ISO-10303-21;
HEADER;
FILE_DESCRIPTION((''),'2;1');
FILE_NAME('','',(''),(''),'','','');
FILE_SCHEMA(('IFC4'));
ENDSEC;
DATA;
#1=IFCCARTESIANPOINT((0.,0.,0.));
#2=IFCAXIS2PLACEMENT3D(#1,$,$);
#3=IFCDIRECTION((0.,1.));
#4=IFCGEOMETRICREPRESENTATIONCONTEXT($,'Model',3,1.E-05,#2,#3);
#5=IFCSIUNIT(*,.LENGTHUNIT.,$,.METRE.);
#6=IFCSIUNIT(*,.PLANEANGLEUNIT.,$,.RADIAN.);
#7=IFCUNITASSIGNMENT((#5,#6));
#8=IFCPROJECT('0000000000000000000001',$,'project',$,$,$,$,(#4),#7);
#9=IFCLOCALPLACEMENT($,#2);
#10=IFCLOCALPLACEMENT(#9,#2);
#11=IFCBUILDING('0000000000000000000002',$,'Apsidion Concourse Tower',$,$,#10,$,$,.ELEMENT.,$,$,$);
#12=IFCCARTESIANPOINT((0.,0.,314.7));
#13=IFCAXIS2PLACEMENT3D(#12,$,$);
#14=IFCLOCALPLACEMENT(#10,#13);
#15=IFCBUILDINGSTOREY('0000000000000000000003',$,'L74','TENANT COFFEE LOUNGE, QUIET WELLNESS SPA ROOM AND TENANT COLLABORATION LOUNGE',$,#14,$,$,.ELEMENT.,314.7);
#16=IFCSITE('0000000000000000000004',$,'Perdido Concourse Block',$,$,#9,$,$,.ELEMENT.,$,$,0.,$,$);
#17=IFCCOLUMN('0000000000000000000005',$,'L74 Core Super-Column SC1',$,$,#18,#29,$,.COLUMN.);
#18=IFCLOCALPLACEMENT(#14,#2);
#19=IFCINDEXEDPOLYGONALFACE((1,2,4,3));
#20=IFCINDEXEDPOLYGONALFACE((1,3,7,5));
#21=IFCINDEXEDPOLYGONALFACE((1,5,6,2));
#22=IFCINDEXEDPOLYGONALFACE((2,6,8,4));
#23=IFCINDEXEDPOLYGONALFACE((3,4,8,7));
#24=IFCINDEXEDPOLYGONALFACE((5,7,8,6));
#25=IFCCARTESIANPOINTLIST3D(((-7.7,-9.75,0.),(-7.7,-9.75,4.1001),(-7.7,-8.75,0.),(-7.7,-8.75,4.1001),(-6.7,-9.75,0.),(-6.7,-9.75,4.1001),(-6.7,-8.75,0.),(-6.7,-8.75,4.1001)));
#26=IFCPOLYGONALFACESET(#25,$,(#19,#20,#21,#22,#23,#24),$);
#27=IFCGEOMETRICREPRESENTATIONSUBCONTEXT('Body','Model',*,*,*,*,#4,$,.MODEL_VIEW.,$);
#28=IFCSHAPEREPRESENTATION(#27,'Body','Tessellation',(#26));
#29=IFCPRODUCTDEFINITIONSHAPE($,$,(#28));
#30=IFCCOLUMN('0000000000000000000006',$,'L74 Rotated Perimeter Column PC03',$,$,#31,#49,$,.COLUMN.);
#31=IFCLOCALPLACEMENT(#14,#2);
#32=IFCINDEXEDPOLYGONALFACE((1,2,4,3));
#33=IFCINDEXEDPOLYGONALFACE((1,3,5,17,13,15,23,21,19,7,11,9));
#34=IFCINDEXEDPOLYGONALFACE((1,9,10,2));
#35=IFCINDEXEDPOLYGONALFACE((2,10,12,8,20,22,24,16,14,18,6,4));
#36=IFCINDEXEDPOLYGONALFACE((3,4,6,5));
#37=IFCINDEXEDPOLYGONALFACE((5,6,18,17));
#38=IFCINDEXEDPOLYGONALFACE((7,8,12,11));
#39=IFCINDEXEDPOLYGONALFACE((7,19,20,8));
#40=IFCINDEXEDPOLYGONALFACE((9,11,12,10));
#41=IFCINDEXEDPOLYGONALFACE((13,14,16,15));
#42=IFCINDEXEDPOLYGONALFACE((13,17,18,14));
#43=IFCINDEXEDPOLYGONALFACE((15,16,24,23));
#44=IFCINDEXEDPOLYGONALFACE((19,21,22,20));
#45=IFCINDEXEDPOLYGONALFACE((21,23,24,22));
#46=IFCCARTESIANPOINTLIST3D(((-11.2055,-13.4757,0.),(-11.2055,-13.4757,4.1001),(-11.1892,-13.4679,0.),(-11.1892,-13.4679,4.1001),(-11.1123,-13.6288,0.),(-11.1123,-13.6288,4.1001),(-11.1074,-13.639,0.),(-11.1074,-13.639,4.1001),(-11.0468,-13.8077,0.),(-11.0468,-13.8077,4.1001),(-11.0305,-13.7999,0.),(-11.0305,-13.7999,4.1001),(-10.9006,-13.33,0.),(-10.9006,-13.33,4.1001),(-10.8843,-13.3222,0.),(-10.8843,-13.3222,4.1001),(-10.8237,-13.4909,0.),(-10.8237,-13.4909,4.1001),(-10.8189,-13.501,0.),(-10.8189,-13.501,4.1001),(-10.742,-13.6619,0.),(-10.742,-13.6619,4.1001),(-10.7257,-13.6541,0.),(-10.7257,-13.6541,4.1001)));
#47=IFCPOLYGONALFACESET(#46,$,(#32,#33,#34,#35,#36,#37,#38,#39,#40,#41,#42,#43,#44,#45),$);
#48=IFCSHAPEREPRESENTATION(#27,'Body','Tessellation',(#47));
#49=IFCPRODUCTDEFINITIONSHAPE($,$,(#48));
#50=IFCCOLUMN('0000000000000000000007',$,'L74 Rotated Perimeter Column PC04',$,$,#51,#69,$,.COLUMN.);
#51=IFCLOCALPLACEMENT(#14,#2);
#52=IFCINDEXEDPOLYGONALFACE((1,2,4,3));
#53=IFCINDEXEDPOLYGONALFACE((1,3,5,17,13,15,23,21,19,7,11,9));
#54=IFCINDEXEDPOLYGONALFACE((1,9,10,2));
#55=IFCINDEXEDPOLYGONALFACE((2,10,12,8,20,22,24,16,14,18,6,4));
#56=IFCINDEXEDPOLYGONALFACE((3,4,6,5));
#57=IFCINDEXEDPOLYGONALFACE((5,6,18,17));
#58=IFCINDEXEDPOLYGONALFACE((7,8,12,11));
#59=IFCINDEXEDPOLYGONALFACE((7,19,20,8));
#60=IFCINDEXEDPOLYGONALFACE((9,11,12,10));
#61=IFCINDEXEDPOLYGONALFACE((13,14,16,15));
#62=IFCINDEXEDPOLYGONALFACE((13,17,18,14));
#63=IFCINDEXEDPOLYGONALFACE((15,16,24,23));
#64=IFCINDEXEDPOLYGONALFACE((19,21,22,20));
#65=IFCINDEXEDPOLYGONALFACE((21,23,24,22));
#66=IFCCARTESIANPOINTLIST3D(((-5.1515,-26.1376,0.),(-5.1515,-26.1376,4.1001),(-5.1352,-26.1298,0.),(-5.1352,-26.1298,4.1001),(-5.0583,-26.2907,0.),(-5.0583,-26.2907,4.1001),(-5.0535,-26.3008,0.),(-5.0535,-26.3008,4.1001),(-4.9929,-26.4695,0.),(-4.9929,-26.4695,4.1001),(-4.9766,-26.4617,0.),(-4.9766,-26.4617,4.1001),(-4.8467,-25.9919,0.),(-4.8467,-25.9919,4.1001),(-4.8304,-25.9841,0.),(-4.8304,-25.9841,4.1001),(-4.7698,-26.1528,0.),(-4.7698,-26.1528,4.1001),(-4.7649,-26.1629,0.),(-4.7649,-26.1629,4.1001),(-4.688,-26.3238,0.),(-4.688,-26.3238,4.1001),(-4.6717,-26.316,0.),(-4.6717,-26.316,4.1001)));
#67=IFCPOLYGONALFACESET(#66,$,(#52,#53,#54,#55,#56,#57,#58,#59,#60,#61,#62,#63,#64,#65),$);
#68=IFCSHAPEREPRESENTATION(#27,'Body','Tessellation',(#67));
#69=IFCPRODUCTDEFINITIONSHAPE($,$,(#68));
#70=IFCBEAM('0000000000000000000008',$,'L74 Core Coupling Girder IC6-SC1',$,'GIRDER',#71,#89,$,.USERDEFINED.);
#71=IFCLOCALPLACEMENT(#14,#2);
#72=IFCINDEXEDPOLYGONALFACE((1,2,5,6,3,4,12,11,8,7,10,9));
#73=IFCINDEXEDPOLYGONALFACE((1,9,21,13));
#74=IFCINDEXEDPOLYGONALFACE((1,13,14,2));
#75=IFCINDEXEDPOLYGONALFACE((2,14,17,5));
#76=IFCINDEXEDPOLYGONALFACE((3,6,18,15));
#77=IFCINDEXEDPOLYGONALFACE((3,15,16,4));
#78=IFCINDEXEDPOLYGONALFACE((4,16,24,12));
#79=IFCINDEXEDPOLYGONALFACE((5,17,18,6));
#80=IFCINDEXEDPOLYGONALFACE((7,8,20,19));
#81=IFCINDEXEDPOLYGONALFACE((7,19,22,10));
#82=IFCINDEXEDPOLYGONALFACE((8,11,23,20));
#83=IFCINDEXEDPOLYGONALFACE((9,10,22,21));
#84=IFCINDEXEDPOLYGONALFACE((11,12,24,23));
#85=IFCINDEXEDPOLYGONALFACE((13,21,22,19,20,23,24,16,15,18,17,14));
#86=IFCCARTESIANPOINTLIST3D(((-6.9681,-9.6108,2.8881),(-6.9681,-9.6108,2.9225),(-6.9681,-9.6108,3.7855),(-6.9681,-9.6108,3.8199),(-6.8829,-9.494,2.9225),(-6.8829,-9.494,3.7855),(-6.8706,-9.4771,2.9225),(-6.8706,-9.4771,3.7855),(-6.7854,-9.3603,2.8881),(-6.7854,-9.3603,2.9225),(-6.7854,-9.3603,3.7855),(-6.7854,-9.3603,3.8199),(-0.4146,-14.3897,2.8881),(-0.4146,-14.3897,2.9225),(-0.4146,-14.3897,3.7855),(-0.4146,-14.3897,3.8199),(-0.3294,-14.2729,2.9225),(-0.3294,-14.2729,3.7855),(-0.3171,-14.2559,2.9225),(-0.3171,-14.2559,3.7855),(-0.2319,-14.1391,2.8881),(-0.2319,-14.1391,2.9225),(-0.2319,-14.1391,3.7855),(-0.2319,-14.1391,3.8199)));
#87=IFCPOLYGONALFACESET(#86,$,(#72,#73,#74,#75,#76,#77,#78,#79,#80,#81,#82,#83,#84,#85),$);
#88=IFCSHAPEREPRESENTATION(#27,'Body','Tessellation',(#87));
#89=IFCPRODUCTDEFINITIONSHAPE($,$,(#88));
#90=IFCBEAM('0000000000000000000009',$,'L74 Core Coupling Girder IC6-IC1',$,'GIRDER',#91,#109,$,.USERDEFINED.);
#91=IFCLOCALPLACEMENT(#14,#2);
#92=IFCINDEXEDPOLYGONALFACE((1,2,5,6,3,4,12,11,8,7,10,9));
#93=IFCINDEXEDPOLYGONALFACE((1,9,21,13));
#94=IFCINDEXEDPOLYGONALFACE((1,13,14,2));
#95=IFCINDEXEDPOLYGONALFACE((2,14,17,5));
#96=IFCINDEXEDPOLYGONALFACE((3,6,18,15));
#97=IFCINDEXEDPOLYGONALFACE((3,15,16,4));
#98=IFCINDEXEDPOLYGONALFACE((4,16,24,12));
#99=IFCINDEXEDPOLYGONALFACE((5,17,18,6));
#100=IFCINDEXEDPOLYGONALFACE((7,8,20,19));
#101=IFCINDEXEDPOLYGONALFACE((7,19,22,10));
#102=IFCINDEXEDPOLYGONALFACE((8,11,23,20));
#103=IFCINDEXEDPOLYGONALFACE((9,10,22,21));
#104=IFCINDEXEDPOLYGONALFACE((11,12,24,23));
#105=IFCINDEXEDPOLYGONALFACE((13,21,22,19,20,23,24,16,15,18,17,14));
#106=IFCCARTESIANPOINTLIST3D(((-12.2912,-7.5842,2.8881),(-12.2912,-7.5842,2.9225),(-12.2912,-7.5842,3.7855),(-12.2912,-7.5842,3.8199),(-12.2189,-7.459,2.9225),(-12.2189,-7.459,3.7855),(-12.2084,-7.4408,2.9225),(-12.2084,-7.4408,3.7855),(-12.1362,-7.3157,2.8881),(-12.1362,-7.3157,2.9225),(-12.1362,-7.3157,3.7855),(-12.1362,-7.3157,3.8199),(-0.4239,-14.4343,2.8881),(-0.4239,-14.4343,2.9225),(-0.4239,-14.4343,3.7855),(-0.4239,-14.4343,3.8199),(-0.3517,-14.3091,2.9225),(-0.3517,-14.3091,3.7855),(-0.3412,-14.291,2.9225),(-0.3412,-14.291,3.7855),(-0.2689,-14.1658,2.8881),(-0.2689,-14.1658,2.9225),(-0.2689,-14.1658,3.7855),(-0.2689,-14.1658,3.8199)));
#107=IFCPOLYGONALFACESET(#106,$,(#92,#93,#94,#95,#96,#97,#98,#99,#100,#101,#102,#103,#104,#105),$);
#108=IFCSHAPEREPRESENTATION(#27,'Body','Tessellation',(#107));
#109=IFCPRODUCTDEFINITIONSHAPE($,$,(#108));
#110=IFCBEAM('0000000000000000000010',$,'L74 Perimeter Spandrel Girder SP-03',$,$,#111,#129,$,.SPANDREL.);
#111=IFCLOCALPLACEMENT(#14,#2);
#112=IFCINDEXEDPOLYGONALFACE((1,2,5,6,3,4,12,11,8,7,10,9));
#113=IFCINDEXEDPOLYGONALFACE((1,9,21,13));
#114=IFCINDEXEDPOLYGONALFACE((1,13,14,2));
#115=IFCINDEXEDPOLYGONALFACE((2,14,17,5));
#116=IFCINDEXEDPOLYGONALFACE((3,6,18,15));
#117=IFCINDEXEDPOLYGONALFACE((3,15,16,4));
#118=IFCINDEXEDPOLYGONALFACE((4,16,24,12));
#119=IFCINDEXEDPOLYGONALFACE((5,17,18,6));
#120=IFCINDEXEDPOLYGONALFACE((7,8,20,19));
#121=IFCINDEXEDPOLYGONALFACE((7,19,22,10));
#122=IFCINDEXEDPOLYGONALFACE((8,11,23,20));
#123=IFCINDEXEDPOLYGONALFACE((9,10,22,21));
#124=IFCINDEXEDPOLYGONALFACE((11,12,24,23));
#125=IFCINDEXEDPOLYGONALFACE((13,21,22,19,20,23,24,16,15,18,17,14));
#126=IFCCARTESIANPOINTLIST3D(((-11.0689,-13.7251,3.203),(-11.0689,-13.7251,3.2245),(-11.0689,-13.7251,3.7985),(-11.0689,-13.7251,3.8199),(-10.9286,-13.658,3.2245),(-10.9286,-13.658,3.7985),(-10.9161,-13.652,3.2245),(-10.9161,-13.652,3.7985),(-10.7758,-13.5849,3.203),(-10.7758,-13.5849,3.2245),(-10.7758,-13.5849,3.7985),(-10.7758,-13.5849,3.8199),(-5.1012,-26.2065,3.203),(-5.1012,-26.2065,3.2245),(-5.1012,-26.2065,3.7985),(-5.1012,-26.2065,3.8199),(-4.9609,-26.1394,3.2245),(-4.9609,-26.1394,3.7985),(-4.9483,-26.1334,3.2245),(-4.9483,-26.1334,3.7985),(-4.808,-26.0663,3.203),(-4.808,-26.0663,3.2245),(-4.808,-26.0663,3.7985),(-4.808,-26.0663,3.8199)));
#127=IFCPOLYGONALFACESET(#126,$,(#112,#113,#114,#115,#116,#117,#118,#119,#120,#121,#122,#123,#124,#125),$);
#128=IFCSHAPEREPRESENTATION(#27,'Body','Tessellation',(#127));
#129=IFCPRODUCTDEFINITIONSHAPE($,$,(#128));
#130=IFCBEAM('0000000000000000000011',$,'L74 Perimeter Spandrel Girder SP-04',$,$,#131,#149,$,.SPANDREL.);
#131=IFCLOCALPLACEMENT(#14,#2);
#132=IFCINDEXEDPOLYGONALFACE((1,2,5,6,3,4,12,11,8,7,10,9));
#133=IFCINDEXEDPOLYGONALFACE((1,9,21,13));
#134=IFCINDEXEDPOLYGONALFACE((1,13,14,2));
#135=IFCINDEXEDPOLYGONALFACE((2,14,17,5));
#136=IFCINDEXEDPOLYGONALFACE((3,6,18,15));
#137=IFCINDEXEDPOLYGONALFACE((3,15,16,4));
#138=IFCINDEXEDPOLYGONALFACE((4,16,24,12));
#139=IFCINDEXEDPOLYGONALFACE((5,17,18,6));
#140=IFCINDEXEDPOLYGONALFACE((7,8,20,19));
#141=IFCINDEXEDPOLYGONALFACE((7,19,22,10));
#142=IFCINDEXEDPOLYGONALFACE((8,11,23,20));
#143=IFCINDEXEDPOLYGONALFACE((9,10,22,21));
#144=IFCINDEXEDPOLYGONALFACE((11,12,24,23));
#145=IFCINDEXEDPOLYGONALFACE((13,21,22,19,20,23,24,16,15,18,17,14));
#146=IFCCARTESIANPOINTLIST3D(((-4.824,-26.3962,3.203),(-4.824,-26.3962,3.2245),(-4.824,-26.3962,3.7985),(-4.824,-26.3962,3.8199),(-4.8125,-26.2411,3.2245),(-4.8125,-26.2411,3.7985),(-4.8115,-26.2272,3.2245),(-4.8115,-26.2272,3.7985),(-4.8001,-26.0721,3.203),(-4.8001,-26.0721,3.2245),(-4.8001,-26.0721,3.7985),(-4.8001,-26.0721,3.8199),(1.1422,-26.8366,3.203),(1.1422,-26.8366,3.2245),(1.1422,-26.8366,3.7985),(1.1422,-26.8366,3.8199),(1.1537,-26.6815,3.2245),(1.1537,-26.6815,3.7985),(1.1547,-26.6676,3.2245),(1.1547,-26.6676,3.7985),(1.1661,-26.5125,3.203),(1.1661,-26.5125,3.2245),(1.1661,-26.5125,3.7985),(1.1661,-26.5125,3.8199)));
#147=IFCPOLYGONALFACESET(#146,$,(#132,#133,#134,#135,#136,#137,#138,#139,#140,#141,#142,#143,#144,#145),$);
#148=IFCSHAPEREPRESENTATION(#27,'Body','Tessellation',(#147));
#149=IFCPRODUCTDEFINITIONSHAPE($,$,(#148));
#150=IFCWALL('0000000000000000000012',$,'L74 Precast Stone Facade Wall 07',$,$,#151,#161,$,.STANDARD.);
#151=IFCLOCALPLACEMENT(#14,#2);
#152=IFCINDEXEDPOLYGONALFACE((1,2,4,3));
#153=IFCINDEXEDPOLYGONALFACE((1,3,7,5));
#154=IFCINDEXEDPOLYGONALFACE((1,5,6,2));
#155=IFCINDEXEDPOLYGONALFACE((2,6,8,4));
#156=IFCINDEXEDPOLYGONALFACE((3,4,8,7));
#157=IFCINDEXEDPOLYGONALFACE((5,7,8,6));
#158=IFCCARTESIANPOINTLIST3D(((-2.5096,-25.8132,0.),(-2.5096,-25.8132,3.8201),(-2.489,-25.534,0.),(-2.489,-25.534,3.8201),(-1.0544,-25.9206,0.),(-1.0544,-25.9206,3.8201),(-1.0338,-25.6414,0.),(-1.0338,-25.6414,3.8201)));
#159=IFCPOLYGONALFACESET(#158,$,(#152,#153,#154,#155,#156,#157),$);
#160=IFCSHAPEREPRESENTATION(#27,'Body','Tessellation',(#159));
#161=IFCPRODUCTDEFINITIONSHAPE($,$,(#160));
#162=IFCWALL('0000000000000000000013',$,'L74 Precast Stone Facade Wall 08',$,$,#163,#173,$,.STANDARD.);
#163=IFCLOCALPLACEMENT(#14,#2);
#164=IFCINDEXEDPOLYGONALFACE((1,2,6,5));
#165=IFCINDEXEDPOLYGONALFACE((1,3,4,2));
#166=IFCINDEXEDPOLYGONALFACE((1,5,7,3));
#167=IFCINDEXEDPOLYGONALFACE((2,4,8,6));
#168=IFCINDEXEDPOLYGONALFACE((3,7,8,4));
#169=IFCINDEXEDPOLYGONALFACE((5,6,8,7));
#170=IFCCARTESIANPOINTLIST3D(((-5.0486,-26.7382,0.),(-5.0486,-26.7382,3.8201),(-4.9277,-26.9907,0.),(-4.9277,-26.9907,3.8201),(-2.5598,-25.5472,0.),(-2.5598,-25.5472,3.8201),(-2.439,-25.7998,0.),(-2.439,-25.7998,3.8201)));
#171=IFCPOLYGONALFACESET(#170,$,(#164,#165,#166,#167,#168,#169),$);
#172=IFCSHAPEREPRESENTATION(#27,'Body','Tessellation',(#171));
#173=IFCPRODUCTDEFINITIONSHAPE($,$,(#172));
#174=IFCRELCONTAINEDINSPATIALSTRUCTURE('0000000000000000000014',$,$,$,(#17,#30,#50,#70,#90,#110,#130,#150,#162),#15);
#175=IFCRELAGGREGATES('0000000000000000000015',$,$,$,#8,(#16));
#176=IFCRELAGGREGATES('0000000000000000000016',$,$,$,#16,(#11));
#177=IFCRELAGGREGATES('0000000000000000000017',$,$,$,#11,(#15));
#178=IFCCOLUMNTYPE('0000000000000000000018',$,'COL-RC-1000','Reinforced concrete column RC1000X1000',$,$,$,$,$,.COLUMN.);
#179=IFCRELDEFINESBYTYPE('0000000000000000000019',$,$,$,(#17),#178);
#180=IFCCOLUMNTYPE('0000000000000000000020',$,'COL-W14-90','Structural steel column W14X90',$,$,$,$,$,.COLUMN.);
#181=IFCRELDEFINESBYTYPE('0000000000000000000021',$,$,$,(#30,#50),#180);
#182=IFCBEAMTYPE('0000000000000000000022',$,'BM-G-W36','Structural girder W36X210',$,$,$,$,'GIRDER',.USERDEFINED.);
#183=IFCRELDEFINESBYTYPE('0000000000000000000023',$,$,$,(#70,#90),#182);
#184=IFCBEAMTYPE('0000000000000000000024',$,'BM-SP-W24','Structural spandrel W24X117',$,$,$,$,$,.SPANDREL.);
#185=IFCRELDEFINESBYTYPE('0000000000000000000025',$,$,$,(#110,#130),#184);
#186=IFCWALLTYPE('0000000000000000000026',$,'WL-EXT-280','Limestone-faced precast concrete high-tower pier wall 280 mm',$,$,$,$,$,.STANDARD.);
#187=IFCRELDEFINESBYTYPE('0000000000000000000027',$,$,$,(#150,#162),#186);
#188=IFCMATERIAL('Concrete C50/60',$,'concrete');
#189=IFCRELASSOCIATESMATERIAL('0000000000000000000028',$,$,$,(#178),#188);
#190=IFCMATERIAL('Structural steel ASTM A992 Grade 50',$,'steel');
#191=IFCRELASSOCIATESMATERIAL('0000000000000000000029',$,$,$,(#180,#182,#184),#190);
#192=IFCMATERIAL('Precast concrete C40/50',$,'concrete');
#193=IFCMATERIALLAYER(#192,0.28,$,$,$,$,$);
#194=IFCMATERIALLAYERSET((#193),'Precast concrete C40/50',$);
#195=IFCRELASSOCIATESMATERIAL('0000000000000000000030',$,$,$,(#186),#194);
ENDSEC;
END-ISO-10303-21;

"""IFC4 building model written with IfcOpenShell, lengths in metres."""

from ifc_helpers import new_model, si_unit, direction, frame, frame_2d, origin, origin_2d, place, context, subcontext, project, spatial, rectangle, i_section, extrude, material, layer, layer_set, material_profile, profile_set, type_object, element, save


model = new_model("IFC4")

# Units and contexts
model_context = context("Model", 3, precision=1e-05, world=origin(), true_north=direction((0.0, 1.0)))
body_context = subcontext(model_context, "Body", "Model", "MODEL_VIEW")
ifc_project = project(units=[si_unit("LENGTHUNIT", "METRE"), si_unit("PLANEANGLEUNIT", "RADIAN")], contexts=[model_context])

# Site, building, storey
site_placement = place(None, origin())
site = spatial("IfcSite", under=ifc_project, at=site_placement, Name="Perdido Concourse Block", CompositionType="ELEMENT", RefElevation=0.0)
building_placement = place(site_placement, origin())
building = spatial("IfcBuilding", under=site, at=building_placement, Name="Apsidion Concourse Tower", CompositionType="ELEMENT")
storey_placement = place(building_placement, frame((0.0, 0.0, 314.7)))
storey = spatial("IfcBuildingStorey", under=building, at=storey_placement, Name="L74", Description="TENANT COFFEE LOUNGE, QUIET WELLNESS SPA ROOM AND TENANT COLLABORATION LOUNGE", CompositionType="ELEMENT", Elevation=314.7)

# Columns
ifc_material_1 = material(Name="Concrete C50/60", Category="concrete")
ifc_material_profile_1 = material_profile(ifc_material_1, rectangle(XDim=1.0, YDim=1.0, at=origin_2d()), Name="RC 1000x1000")
ifc_profile_set_1 = profile_set([ifc_material_profile_1], Name="Concrete C50/60")
column_type_1 = type_object("IfcColumnType", Name="COL-RC-1000", Description="Reinforced concrete column RC1000X1000", PredefinedType="COLUMN", material=ifc_profile_set_1)
column_placement = place(storey_placement, frame((-7.2, -9.25, 0.0), z_axis=(0.0, 0.0, 1.0), x_axis=(1.0, 0.0, 0.0)))
element("IfcColumn", 1, at=column_placement, inside=storey, type_object=column_type_1, Name="L74 Core Super-Column SC1", PredefinedType="COLUMN", context=body_context, shape_type="SweptSolid", body=[
    extrude(rectangle(XDim=1.0, YDim=1.0, at=origin_2d()), origin(), (0.0, 0.0, 1.0), 4.1001),
])
ifc_material_2 = material(Name="Structural steel ASTM A992 Grade 50", Category="steel")
ifc_material_profile_2 = material_profile(ifc_material_2, i_section(OverallWidth=0.3679, OverallDepth=0.356, WebThickness=0.0112, FlangeThickness=0.0181, at=origin_2d()), Name="W14X90")
ifc_profile_set_2 = profile_set([ifc_material_profile_2], Name="Structural steel ASTM A992 Grade 50")
column_type_2 = type_object("IfcColumnType", Name="COL-W14-90", Description="Structural steel column W14X90", PredefinedType="COLUMN", material=ifc_profile_set_2)
for number, where, z_axis, x_axis, name in (
    (2, (-10.9656, -13.5649, 0.0), (0.0, 0.0, 1.0), (-0.431299, 0.902209, 0.0), "L74 Rotated Perimeter Column PC03"),
    (3, (-4.9116, -26.2268, 0.0), (0.0, 0.0, 1.0), (-0.431299, 0.902209, 0.0), "L74 Rotated Perimeter Column PC04"),
):
    element("IfcColumn", number, at=place(storey_placement, frame(where, z_axis=z_axis, x_axis=x_axis)), inside=storey, type_object=column_type_2, Name=name, PredefinedType="COLUMN", context=body_context, shape_type="SweptSolid", body=[
        extrude(i_section(OverallWidth=0.3679, OverallDepth=0.356, WebThickness=0.0112, FlangeThickness=0.0181, at=origin_2d()), origin(), (0.0, 0.0, 1.0), 4.1001),
    ])

# Beams
ifc_material_profile_3 = material_profile(ifc_material_2, i_section(OverallWidth=0.3101, OverallDepth=0.9319, WebThickness=0.021, FlangeThickness=0.0344, at=origin_2d()), Name="W36X210")
ifc_profile_set_3 = profile_set([ifc_material_profile_3], Name="Structural steel ASTM A992 Grade 50")
beam_type_1 = type_object("IfcBeamType", Name="BM-G-W36", Description="Structural girder W36X210", ElementType="GIRDER", PredefinedType="USERDEFINED", material=ifc_profile_set_3)
beam_1_placement = place(storey_placement, frame((-0.3232, -14.2644, 3.354), z_axis=(-0.807993, 0.589191, 0.0), x_axis=(-0.589191, -0.807993, 0.0)))
element("IfcBeam", 4, at=beam_1_placement, inside=storey, type_object=beam_type_1, Name="L74 Core Coupling Girder IC6-SC1", ObjectType="GIRDER", PredefinedType="USERDEFINED", context=body_context, shape_type="SweptSolid", body=[
    extrude(i_section(OverallWidth=0.3101, OverallDepth=0.9319, WebThickness=0.021, FlangeThickness=0.0344, at=origin_2d()), origin(), (0.0, 0.0, 1.0), 8.1108),
])
beam_2_placement = place(storey_placement, frame((-0.3464, -14.3, 3.354), z_axis=(-0.86607, 0.499922, 0.0), x_axis=(-0.499922, -0.86607, 0.0)))
element("IfcBeam", 5, at=beam_2_placement, inside=storey, type_object=beam_type_1, Name="L74 Core Coupling Girder IC6-IC1", ObjectType="GIRDER", PredefinedType="USERDEFINED", context=body_context, shape_type="SweptSolid", body=[
    extrude(i_section(OverallWidth=0.3101, OverallDepth=0.9319, WebThickness=0.021, FlangeThickness=0.0344, at=origin_2d()), origin(), (0.0, 0.0, 1.0), 13.7024),
])
ifc_material_profile_4 = material_profile(ifc_material_2, i_section(OverallWidth=0.325, OverallDepth=0.6169, WebThickness=0.0139, FlangeThickness=0.0215, at=origin_2d()), Name="W24X117")
ifc_profile_set_4 = profile_set([ifc_material_profile_4], Name="Structural steel ASTM A992 Grade 50")
beam_type_2 = type_object("IfcBeamType", Name="BM-SP-W24", Description="Structural spandrel W24X117", PredefinedType="SPANDREL", material=ifc_profile_set_4)
beam_3_placement = place(storey_placement, frame((-10.9224, -13.655, 3.5115), z_axis=(0.431361, -0.90218, 0.0), x_axis=(0.90218, 0.431361, 0.0)))
element("IfcBeam", 6, at=beam_3_placement, inside=storey, type_object=beam_type_2, Name="L74 Perimeter Spandrel Girder SP-03", PredefinedType="SPANDREL", context=body_context, shape_type="SweptSolid", body=[
    extrude(i_section(OverallWidth=0.325, OverallDepth=0.6169, WebThickness=0.0139, FlangeThickness=0.0215, at=origin_2d()), origin(), (0.0, 0.0, 1.0), 13.8347),
])
beam_4_placement = place(storey_placement, frame((-4.812, -26.2341, 3.5115), z_axis=(0.997286, -0.073619, 0.0), x_axis=(0.073619, 0.997286, 0.0)))
element("IfcBeam", 7, at=beam_4_placement, inside=storey, type_object=beam_type_2, Name="L74 Perimeter Spandrel Girder SP-04", PredefinedType="SPANDREL", context=body_context, shape_type="SweptSolid", body=[
    extrude(i_section(OverallWidth=0.325, OverallDepth=0.6169, WebThickness=0.0139, FlangeThickness=0.0215, at=origin_2d()), origin(), (0.0, 0.0, 1.0), 5.9824),
])

# Walls
ifc_material_3 = material(Name="Precast concrete C40/50", Category="concrete")
ifc_layer_1 = layer(ifc_material_3, 0.28)
ifc_layer_set_1 = layer_set([ifc_layer_1], Name="Precast concrete C40/50")
wall_type_1 = type_object("IfcWallType", Name="WL-EXT-280", Description="Limestone-faced precast concrete high-tower pier wall 280 mm", PredefinedType="STANDARD", material=ifc_layer_set_1)
wall_1_placement = place(storey_placement, frame((-1.0442, -25.781, 0.0), z_axis=(0.0, 0.0, 1.0), x_axis=(-0.997287, 0.073613, 0.0)))
element("IfcWall", 8, at=wall_1_placement, inside=storey, type_object=wall_type_1, Name="L74 Precast Stone Facade Wall 07", PredefinedType="STANDARD", context=body_context, shape_type="SweptSolid", body=[
    extrude(rectangle(XDim=1.4592, YDim=0.28, at=frame_2d((0.7295, 0.0))), origin(), (0.0, 0.0, 1.0), 3.8201),
])
wall_2_placement = place(storey_placement, frame((-2.4995, -25.6736, 0.0), z_axis=(0.0, 0.0, 1.0), x_axis=(-0.902044, -0.431643, 0.0)))
element("IfcWall", 9, at=wall_2_placement, inside=storey, type_object=wall_type_1, Name="L74 Precast Stone Facade Wall 08", PredefinedType="STANDARD", context=body_context, shape_type="SweptSolid", body=[
    extrude(rectangle(XDim=2.759, YDim=0.28, at=frame_2d((1.3794, 0.0))), origin(), (0.0, 0.0, 1.0), 3.8201),
])

save(model, "model.ifc")
